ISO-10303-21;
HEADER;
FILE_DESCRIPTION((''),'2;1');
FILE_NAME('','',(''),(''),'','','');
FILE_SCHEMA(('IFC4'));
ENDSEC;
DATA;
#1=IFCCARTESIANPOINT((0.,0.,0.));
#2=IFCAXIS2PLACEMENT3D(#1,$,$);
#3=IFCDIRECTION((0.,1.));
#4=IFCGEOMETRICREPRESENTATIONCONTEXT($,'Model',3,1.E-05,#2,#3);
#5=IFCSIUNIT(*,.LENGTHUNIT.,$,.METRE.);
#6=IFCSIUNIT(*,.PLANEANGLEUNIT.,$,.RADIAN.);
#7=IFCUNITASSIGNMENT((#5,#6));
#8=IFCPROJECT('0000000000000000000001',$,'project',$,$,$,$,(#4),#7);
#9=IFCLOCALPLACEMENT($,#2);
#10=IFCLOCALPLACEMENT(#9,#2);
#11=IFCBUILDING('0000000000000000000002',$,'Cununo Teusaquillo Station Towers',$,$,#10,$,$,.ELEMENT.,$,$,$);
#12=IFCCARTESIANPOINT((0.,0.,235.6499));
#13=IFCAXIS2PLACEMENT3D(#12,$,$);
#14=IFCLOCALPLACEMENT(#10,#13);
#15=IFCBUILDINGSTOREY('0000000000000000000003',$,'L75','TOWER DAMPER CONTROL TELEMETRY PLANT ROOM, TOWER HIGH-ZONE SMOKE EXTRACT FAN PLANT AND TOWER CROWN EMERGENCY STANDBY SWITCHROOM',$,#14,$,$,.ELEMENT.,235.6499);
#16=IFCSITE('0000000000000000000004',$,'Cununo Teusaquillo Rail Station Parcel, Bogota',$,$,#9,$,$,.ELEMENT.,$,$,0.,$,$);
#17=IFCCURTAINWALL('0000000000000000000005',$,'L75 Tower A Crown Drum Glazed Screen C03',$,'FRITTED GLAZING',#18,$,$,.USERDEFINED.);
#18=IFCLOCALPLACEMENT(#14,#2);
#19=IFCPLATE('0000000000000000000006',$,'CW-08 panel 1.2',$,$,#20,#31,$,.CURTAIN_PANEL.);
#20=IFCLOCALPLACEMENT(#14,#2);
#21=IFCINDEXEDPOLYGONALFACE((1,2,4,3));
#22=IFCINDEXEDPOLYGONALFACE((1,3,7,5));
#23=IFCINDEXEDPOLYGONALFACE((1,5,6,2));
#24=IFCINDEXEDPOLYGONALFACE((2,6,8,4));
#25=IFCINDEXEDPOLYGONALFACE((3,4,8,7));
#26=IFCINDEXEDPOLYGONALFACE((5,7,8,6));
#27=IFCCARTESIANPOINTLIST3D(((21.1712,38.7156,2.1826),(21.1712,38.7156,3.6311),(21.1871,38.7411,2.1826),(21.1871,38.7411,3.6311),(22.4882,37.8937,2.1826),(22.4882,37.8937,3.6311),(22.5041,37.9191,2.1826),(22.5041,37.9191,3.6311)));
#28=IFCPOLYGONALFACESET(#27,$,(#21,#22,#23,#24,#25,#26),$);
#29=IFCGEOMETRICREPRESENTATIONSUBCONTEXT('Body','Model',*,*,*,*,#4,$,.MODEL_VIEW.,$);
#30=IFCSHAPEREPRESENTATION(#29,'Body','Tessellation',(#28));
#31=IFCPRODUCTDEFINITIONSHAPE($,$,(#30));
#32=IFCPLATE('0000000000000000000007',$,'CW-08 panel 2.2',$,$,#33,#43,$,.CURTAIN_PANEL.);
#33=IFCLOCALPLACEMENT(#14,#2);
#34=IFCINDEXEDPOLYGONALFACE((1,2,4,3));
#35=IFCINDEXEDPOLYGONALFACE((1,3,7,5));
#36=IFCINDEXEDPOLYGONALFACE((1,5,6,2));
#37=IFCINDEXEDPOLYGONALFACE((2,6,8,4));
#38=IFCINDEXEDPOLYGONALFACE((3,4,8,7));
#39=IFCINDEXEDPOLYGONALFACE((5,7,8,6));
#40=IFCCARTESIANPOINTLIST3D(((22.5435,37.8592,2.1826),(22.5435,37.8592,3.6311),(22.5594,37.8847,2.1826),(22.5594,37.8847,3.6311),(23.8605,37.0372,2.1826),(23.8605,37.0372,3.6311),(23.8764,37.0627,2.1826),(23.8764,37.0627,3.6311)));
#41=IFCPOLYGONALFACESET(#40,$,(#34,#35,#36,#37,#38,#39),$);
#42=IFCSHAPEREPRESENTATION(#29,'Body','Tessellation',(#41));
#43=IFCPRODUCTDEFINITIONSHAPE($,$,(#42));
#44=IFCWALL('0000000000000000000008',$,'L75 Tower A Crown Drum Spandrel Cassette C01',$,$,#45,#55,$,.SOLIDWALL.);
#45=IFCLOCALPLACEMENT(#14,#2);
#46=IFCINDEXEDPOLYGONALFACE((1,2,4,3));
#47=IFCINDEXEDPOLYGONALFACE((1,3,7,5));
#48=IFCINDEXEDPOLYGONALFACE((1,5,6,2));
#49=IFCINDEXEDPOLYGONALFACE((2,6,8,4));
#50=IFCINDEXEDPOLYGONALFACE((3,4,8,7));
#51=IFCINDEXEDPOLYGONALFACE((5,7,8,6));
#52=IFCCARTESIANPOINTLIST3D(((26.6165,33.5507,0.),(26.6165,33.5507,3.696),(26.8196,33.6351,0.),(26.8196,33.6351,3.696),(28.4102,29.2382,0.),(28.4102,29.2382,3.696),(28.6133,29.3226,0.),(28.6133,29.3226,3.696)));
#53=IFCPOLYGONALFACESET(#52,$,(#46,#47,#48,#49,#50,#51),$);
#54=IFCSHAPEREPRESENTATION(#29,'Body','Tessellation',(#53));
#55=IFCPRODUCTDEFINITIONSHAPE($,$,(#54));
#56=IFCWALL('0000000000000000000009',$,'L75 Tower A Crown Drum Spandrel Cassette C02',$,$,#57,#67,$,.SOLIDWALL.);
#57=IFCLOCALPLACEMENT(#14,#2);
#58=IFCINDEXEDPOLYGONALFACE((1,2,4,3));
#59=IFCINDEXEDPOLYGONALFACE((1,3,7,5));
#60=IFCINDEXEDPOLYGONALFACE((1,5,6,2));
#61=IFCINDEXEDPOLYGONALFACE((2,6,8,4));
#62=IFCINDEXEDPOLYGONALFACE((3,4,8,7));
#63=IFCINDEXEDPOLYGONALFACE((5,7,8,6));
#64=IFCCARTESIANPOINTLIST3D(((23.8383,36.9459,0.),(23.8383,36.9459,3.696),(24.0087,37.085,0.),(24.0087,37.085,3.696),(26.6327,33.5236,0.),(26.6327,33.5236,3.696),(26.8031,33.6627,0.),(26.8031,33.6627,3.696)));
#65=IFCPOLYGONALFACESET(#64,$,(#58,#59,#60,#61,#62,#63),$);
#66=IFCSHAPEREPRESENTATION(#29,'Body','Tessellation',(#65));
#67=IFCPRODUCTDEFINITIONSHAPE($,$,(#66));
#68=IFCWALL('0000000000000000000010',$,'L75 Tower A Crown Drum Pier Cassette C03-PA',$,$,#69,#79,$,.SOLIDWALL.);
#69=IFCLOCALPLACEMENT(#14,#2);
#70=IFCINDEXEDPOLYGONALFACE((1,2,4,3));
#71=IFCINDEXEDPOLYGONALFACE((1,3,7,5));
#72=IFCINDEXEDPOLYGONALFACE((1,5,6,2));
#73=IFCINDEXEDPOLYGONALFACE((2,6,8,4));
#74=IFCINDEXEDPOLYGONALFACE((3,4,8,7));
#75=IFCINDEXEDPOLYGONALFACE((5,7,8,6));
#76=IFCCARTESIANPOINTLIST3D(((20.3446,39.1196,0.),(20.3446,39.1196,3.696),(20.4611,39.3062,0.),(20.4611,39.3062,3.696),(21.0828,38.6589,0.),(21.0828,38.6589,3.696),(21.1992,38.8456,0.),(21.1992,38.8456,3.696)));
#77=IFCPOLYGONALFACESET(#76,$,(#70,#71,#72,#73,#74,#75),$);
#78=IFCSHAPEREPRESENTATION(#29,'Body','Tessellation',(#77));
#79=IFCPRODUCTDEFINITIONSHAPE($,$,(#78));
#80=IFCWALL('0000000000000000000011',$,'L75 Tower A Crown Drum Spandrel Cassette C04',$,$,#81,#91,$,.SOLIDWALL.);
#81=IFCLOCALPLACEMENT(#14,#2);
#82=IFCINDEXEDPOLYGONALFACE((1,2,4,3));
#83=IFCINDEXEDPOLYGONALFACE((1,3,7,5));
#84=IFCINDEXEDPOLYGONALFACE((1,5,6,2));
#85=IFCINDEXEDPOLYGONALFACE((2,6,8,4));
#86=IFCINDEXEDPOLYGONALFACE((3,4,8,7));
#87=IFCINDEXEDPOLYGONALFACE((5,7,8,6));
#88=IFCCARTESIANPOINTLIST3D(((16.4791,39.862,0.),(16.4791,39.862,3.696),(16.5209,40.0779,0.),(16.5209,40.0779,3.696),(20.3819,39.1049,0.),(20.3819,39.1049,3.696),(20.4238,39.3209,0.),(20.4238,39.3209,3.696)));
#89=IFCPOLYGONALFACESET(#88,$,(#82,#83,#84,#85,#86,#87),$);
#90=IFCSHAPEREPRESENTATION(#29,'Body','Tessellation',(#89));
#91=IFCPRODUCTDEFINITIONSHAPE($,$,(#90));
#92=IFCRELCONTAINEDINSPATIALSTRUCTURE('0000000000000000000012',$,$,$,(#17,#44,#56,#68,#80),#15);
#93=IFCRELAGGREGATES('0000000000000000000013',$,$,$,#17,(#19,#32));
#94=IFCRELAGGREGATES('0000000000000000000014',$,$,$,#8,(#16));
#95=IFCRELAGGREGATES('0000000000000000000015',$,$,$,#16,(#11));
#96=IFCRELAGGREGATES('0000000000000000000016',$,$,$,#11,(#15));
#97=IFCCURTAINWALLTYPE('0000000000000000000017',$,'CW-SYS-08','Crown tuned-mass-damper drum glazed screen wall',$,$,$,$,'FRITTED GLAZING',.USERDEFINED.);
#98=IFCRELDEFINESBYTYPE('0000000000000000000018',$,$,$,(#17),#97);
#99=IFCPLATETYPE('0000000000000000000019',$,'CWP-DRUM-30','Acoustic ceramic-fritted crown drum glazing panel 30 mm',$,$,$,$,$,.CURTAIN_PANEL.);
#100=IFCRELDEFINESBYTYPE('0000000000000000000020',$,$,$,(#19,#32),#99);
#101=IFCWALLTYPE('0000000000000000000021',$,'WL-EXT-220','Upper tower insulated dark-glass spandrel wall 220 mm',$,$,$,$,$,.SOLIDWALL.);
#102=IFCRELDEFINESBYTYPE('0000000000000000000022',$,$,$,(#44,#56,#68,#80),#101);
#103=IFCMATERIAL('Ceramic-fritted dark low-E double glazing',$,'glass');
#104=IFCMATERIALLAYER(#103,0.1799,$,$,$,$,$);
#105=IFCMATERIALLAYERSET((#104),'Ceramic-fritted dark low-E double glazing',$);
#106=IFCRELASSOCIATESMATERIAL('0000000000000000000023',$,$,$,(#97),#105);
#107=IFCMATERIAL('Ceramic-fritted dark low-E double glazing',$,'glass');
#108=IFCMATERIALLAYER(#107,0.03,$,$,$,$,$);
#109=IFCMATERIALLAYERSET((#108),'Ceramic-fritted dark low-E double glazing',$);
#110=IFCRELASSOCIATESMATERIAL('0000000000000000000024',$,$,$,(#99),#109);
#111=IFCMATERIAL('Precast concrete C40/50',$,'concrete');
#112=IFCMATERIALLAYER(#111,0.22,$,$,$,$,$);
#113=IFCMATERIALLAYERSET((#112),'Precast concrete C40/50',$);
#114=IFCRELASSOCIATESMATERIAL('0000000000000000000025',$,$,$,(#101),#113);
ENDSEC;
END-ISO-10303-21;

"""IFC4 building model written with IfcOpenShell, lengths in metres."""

from ifc_helpers import new_model, si_unit, direction, frame, frame_2d, origin, origin_2d, place, context, subcontext, project, spatial, rectangle, extrude, source, transform, mapped, material, layer, layer_set, type_object, element, aggregate, save


model = new_model("IFC4")

# Units and contexts
model_context = context("Model", 3, precision=1e-05, world=origin(), true_north=direction((0.0, 1.0)))
body_context = subcontext(model_context, "Body", "Model", "MODEL_VIEW")
ifc_project = project(units=[si_unit("LENGTHUNIT", "METRE"), si_unit("PLANEANGLEUNIT", "RADIAN")], contexts=[model_context])

# Site, building, storey
site_placement = place(None, origin())
site = spatial("IfcSite", under=ifc_project, at=site_placement, Name="Cununo Teusaquillo Rail Station Parcel, Bogota", CompositionType="ELEMENT", RefElevation=0.0)
building_placement = place(site_placement, origin())
building = spatial("IfcBuilding", under=site, at=building_placement, Name="Cununo Teusaquillo Station Towers", CompositionType="ELEMENT")
storey_placement = place(building_placement, frame((0.0, 0.0, 235.6499)))
storey = spatial("IfcBuildingStorey", under=building, at=storey_placement, Name="L75", Description="TOWER DAMPER CONTROL TELEMETRY PLANT ROOM, TOWER HIGH-ZONE SMOKE EXTRACT FAN PLANT AND TOWER CROWN EMERGENCY STANDBY SWITCHROOM", CompositionType="ELEMENT", Elevation=235.6499)

# Curtain wall
ifc_material_1 = material(Name="Ceramic-fritted dark low-E double glazing", Category="glass")
ifc_layer_1 = layer(ifc_material_1, 0.1799)
ifc_layer_set_1 = layer_set([ifc_layer_1], Name="Ceramic-fritted dark low-E double glazing")
curtain_wall_type = type_object("IfcCurtainWallType", Name="CW-SYS-08", Description="Crown tuned-mass-damper drum glazed screen wall", ElementType="FRITTED GLAZING", PredefinedType="USERDEFINED", material=ifc_layer_set_1)
curtain_wall_placement = place(storey_placement, origin())
curtain_wall = element("IfcCurtainWall", 1, at=curtain_wall_placement, inside=storey, type_object=curtain_wall_type, Name="L75 Tower A Crown Drum Glazed Screen C03", ObjectType="FRITTED GLAZING", PredefinedType="USERDEFINED")

# Plates
ifc_material_2 = material(Name="Ceramic-fritted dark low-E double glazing", Category="glass")
ifc_layer_2 = layer(ifc_material_2, 0.03)
ifc_layer_set_2 = layer_set([ifc_layer_2], Name="Ceramic-fritted dark low-E double glazing")
plate_type_1 = type_object("IfcPlateType", Name="CWP-DRUM-30", Description="Acoustic ceramic-fritted crown drum glazing panel 30 mm", PredefinedType="CURTAIN_PANEL", material=ifc_layer_set_2)
shared_shape_1 = source(origin(), body_context, "Body", "SweptSolid", [
    extrude(rectangle(XDim=1.5525, YDim=0.03, at=origin_2d()), origin(), (0.0, 0.0, 1.0), 1.4485),
])
plate_1_placement = place(storey_placement, frame((21.8376, 38.3174, 2.1826), z_axis=(0.0, 0.0, 1.0), x_axis=(0.84834, -0.529451, 0.0)))
plate_1 = element("IfcPlate", 2, at=plate_1_placement, type_object=plate_type_1, Name="CW-08 panel 1.2", PredefinedType="CURTAIN_PANEL", context=body_context, shape_type="MappedRepresentation", body=[
    mapped(shared_shape_1, transform((0.0, 0.0, 0.0), x_axis=(1.0, 0.0, 0.0), y_axis=(0.0, 1.0, 0.0), z_axis=(0.0, 0.0, 1.0), scale=1.0)),
])
plate_2_placement = place(storey_placement, frame((23.21, 37.4609, 2.1826), z_axis=(0.0, 0.0, 1.0), x_axis=(0.84834, -0.529451, 0.0)))
plate_2 = element("IfcPlate", 3, at=plate_2_placement, type_object=plate_type_1, Name="CW-08 panel 2.2", PredefinedType="CURTAIN_PANEL", context=body_context, shape_type="MappedRepresentation", body=[
    mapped(shared_shape_1, transform((0.0, 0.0, 0.0), x_axis=(1.0, 0.0, 0.0), y_axis=(0.0, 1.0, 0.0), z_axis=(0.0, 0.0, 1.0), scale=1.0)),
])
aggregate(curtain_wall, [plate_1, plate_2])

# Walls
ifc_material_3 = material(Name="Precast concrete C40/50", Category="concrete")
ifc_layer_3 = layer(ifc_material_3, 0.22)
ifc_layer_set_3 = layer_set([ifc_layer_3], Name="Precast concrete C40/50")
wall_type = type_object("IfcWallType", Name="WL-EXT-220", Description="Upper tower insulated dark-glass spandrel wall 220 mm", PredefinedType="SOLIDWALL", material=ifc_layer_set_3)
wall_1_placement = place(storey_placement, frame((26.718, 33.593, 0.0), z_axis=(0.0, 0.0, 1.0), x_axis=(0.384036, -0.923318, 0.0)))
element("IfcWall", 4, at=wall_1_placement, inside=storey, type_object=wall_type, Name="L75 Tower A Crown Drum Spandrel Cassette C01", PredefinedType="SOLIDWALL", context=body_context, shape_type="SweptSolid", body=[
    extrude(rectangle(XDim=4.6707, YDim=0.22, at=frame_2d((2.3354, 0.0))), origin(), (0.0, 0.0, 1.0), 3.696),
])
wall_2_placement = place(storey_placement, frame((23.9236, 37.0154, 0.0), z_axis=(0.0, 0.0, 1.0), x_axis=(0.632467, -0.774587, 0.0)))
element("IfcWall", 5, at=wall_2_placement, inside=storey, type_object=wall_type, Name="L75 Tower A Crown Drum Spandrel Cassette C02", PredefinedType="SOLIDWALL", context=body_context, shape_type="SweptSolid", body=[
    extrude(rectangle(XDim=4.4182, YDim=0.22, at=frame_2d((2.209, 0.0))), origin(), (0.0, 0.0, 1.0), 3.696),
])
wall_3_placement = place(storey_placement, frame((20.4028, 39.2129, 0.0), z_axis=(0.0, 0.0, 1.0), x_axis=(0.848376, -0.529394, 0.0)))
element("IfcWall", 6, at=wall_3_placement, inside=storey, type_object=wall_type, Name="L75 Tower A Crown Drum Pier Cassette C03-PA", PredefinedType="SOLIDWALL", context=body_context, shape_type="SweptSolid", body=[
    extrude(rectangle(XDim=0.8701, YDim=0.22, at=frame_2d((0.4351, 0.0))), origin(), (0.0, 0.0, 1.0), 3.696),
])
wall_4_placement = place(storey_placement, frame((16.5, 39.97, 0.0), z_axis=(0.0, 0.0, 1.0), x_axis=(0.9817, -0.190432, 0.0)))
element("IfcWall", 7, at=wall_4_placement, inside=storey, type_object=wall_type, Name="L75 Tower A Crown Drum Spandrel Cassette C04", PredefinedType="SOLIDWALL", context=body_context, shape_type="SweptSolid", body=[
    extrude(rectangle(XDim=3.9756, YDim=0.22, at=frame_2d((1.9878, 0.0))), origin(), (0.0, 0.0, 1.0), 3.696),
])

save(model, "model.ifc")
